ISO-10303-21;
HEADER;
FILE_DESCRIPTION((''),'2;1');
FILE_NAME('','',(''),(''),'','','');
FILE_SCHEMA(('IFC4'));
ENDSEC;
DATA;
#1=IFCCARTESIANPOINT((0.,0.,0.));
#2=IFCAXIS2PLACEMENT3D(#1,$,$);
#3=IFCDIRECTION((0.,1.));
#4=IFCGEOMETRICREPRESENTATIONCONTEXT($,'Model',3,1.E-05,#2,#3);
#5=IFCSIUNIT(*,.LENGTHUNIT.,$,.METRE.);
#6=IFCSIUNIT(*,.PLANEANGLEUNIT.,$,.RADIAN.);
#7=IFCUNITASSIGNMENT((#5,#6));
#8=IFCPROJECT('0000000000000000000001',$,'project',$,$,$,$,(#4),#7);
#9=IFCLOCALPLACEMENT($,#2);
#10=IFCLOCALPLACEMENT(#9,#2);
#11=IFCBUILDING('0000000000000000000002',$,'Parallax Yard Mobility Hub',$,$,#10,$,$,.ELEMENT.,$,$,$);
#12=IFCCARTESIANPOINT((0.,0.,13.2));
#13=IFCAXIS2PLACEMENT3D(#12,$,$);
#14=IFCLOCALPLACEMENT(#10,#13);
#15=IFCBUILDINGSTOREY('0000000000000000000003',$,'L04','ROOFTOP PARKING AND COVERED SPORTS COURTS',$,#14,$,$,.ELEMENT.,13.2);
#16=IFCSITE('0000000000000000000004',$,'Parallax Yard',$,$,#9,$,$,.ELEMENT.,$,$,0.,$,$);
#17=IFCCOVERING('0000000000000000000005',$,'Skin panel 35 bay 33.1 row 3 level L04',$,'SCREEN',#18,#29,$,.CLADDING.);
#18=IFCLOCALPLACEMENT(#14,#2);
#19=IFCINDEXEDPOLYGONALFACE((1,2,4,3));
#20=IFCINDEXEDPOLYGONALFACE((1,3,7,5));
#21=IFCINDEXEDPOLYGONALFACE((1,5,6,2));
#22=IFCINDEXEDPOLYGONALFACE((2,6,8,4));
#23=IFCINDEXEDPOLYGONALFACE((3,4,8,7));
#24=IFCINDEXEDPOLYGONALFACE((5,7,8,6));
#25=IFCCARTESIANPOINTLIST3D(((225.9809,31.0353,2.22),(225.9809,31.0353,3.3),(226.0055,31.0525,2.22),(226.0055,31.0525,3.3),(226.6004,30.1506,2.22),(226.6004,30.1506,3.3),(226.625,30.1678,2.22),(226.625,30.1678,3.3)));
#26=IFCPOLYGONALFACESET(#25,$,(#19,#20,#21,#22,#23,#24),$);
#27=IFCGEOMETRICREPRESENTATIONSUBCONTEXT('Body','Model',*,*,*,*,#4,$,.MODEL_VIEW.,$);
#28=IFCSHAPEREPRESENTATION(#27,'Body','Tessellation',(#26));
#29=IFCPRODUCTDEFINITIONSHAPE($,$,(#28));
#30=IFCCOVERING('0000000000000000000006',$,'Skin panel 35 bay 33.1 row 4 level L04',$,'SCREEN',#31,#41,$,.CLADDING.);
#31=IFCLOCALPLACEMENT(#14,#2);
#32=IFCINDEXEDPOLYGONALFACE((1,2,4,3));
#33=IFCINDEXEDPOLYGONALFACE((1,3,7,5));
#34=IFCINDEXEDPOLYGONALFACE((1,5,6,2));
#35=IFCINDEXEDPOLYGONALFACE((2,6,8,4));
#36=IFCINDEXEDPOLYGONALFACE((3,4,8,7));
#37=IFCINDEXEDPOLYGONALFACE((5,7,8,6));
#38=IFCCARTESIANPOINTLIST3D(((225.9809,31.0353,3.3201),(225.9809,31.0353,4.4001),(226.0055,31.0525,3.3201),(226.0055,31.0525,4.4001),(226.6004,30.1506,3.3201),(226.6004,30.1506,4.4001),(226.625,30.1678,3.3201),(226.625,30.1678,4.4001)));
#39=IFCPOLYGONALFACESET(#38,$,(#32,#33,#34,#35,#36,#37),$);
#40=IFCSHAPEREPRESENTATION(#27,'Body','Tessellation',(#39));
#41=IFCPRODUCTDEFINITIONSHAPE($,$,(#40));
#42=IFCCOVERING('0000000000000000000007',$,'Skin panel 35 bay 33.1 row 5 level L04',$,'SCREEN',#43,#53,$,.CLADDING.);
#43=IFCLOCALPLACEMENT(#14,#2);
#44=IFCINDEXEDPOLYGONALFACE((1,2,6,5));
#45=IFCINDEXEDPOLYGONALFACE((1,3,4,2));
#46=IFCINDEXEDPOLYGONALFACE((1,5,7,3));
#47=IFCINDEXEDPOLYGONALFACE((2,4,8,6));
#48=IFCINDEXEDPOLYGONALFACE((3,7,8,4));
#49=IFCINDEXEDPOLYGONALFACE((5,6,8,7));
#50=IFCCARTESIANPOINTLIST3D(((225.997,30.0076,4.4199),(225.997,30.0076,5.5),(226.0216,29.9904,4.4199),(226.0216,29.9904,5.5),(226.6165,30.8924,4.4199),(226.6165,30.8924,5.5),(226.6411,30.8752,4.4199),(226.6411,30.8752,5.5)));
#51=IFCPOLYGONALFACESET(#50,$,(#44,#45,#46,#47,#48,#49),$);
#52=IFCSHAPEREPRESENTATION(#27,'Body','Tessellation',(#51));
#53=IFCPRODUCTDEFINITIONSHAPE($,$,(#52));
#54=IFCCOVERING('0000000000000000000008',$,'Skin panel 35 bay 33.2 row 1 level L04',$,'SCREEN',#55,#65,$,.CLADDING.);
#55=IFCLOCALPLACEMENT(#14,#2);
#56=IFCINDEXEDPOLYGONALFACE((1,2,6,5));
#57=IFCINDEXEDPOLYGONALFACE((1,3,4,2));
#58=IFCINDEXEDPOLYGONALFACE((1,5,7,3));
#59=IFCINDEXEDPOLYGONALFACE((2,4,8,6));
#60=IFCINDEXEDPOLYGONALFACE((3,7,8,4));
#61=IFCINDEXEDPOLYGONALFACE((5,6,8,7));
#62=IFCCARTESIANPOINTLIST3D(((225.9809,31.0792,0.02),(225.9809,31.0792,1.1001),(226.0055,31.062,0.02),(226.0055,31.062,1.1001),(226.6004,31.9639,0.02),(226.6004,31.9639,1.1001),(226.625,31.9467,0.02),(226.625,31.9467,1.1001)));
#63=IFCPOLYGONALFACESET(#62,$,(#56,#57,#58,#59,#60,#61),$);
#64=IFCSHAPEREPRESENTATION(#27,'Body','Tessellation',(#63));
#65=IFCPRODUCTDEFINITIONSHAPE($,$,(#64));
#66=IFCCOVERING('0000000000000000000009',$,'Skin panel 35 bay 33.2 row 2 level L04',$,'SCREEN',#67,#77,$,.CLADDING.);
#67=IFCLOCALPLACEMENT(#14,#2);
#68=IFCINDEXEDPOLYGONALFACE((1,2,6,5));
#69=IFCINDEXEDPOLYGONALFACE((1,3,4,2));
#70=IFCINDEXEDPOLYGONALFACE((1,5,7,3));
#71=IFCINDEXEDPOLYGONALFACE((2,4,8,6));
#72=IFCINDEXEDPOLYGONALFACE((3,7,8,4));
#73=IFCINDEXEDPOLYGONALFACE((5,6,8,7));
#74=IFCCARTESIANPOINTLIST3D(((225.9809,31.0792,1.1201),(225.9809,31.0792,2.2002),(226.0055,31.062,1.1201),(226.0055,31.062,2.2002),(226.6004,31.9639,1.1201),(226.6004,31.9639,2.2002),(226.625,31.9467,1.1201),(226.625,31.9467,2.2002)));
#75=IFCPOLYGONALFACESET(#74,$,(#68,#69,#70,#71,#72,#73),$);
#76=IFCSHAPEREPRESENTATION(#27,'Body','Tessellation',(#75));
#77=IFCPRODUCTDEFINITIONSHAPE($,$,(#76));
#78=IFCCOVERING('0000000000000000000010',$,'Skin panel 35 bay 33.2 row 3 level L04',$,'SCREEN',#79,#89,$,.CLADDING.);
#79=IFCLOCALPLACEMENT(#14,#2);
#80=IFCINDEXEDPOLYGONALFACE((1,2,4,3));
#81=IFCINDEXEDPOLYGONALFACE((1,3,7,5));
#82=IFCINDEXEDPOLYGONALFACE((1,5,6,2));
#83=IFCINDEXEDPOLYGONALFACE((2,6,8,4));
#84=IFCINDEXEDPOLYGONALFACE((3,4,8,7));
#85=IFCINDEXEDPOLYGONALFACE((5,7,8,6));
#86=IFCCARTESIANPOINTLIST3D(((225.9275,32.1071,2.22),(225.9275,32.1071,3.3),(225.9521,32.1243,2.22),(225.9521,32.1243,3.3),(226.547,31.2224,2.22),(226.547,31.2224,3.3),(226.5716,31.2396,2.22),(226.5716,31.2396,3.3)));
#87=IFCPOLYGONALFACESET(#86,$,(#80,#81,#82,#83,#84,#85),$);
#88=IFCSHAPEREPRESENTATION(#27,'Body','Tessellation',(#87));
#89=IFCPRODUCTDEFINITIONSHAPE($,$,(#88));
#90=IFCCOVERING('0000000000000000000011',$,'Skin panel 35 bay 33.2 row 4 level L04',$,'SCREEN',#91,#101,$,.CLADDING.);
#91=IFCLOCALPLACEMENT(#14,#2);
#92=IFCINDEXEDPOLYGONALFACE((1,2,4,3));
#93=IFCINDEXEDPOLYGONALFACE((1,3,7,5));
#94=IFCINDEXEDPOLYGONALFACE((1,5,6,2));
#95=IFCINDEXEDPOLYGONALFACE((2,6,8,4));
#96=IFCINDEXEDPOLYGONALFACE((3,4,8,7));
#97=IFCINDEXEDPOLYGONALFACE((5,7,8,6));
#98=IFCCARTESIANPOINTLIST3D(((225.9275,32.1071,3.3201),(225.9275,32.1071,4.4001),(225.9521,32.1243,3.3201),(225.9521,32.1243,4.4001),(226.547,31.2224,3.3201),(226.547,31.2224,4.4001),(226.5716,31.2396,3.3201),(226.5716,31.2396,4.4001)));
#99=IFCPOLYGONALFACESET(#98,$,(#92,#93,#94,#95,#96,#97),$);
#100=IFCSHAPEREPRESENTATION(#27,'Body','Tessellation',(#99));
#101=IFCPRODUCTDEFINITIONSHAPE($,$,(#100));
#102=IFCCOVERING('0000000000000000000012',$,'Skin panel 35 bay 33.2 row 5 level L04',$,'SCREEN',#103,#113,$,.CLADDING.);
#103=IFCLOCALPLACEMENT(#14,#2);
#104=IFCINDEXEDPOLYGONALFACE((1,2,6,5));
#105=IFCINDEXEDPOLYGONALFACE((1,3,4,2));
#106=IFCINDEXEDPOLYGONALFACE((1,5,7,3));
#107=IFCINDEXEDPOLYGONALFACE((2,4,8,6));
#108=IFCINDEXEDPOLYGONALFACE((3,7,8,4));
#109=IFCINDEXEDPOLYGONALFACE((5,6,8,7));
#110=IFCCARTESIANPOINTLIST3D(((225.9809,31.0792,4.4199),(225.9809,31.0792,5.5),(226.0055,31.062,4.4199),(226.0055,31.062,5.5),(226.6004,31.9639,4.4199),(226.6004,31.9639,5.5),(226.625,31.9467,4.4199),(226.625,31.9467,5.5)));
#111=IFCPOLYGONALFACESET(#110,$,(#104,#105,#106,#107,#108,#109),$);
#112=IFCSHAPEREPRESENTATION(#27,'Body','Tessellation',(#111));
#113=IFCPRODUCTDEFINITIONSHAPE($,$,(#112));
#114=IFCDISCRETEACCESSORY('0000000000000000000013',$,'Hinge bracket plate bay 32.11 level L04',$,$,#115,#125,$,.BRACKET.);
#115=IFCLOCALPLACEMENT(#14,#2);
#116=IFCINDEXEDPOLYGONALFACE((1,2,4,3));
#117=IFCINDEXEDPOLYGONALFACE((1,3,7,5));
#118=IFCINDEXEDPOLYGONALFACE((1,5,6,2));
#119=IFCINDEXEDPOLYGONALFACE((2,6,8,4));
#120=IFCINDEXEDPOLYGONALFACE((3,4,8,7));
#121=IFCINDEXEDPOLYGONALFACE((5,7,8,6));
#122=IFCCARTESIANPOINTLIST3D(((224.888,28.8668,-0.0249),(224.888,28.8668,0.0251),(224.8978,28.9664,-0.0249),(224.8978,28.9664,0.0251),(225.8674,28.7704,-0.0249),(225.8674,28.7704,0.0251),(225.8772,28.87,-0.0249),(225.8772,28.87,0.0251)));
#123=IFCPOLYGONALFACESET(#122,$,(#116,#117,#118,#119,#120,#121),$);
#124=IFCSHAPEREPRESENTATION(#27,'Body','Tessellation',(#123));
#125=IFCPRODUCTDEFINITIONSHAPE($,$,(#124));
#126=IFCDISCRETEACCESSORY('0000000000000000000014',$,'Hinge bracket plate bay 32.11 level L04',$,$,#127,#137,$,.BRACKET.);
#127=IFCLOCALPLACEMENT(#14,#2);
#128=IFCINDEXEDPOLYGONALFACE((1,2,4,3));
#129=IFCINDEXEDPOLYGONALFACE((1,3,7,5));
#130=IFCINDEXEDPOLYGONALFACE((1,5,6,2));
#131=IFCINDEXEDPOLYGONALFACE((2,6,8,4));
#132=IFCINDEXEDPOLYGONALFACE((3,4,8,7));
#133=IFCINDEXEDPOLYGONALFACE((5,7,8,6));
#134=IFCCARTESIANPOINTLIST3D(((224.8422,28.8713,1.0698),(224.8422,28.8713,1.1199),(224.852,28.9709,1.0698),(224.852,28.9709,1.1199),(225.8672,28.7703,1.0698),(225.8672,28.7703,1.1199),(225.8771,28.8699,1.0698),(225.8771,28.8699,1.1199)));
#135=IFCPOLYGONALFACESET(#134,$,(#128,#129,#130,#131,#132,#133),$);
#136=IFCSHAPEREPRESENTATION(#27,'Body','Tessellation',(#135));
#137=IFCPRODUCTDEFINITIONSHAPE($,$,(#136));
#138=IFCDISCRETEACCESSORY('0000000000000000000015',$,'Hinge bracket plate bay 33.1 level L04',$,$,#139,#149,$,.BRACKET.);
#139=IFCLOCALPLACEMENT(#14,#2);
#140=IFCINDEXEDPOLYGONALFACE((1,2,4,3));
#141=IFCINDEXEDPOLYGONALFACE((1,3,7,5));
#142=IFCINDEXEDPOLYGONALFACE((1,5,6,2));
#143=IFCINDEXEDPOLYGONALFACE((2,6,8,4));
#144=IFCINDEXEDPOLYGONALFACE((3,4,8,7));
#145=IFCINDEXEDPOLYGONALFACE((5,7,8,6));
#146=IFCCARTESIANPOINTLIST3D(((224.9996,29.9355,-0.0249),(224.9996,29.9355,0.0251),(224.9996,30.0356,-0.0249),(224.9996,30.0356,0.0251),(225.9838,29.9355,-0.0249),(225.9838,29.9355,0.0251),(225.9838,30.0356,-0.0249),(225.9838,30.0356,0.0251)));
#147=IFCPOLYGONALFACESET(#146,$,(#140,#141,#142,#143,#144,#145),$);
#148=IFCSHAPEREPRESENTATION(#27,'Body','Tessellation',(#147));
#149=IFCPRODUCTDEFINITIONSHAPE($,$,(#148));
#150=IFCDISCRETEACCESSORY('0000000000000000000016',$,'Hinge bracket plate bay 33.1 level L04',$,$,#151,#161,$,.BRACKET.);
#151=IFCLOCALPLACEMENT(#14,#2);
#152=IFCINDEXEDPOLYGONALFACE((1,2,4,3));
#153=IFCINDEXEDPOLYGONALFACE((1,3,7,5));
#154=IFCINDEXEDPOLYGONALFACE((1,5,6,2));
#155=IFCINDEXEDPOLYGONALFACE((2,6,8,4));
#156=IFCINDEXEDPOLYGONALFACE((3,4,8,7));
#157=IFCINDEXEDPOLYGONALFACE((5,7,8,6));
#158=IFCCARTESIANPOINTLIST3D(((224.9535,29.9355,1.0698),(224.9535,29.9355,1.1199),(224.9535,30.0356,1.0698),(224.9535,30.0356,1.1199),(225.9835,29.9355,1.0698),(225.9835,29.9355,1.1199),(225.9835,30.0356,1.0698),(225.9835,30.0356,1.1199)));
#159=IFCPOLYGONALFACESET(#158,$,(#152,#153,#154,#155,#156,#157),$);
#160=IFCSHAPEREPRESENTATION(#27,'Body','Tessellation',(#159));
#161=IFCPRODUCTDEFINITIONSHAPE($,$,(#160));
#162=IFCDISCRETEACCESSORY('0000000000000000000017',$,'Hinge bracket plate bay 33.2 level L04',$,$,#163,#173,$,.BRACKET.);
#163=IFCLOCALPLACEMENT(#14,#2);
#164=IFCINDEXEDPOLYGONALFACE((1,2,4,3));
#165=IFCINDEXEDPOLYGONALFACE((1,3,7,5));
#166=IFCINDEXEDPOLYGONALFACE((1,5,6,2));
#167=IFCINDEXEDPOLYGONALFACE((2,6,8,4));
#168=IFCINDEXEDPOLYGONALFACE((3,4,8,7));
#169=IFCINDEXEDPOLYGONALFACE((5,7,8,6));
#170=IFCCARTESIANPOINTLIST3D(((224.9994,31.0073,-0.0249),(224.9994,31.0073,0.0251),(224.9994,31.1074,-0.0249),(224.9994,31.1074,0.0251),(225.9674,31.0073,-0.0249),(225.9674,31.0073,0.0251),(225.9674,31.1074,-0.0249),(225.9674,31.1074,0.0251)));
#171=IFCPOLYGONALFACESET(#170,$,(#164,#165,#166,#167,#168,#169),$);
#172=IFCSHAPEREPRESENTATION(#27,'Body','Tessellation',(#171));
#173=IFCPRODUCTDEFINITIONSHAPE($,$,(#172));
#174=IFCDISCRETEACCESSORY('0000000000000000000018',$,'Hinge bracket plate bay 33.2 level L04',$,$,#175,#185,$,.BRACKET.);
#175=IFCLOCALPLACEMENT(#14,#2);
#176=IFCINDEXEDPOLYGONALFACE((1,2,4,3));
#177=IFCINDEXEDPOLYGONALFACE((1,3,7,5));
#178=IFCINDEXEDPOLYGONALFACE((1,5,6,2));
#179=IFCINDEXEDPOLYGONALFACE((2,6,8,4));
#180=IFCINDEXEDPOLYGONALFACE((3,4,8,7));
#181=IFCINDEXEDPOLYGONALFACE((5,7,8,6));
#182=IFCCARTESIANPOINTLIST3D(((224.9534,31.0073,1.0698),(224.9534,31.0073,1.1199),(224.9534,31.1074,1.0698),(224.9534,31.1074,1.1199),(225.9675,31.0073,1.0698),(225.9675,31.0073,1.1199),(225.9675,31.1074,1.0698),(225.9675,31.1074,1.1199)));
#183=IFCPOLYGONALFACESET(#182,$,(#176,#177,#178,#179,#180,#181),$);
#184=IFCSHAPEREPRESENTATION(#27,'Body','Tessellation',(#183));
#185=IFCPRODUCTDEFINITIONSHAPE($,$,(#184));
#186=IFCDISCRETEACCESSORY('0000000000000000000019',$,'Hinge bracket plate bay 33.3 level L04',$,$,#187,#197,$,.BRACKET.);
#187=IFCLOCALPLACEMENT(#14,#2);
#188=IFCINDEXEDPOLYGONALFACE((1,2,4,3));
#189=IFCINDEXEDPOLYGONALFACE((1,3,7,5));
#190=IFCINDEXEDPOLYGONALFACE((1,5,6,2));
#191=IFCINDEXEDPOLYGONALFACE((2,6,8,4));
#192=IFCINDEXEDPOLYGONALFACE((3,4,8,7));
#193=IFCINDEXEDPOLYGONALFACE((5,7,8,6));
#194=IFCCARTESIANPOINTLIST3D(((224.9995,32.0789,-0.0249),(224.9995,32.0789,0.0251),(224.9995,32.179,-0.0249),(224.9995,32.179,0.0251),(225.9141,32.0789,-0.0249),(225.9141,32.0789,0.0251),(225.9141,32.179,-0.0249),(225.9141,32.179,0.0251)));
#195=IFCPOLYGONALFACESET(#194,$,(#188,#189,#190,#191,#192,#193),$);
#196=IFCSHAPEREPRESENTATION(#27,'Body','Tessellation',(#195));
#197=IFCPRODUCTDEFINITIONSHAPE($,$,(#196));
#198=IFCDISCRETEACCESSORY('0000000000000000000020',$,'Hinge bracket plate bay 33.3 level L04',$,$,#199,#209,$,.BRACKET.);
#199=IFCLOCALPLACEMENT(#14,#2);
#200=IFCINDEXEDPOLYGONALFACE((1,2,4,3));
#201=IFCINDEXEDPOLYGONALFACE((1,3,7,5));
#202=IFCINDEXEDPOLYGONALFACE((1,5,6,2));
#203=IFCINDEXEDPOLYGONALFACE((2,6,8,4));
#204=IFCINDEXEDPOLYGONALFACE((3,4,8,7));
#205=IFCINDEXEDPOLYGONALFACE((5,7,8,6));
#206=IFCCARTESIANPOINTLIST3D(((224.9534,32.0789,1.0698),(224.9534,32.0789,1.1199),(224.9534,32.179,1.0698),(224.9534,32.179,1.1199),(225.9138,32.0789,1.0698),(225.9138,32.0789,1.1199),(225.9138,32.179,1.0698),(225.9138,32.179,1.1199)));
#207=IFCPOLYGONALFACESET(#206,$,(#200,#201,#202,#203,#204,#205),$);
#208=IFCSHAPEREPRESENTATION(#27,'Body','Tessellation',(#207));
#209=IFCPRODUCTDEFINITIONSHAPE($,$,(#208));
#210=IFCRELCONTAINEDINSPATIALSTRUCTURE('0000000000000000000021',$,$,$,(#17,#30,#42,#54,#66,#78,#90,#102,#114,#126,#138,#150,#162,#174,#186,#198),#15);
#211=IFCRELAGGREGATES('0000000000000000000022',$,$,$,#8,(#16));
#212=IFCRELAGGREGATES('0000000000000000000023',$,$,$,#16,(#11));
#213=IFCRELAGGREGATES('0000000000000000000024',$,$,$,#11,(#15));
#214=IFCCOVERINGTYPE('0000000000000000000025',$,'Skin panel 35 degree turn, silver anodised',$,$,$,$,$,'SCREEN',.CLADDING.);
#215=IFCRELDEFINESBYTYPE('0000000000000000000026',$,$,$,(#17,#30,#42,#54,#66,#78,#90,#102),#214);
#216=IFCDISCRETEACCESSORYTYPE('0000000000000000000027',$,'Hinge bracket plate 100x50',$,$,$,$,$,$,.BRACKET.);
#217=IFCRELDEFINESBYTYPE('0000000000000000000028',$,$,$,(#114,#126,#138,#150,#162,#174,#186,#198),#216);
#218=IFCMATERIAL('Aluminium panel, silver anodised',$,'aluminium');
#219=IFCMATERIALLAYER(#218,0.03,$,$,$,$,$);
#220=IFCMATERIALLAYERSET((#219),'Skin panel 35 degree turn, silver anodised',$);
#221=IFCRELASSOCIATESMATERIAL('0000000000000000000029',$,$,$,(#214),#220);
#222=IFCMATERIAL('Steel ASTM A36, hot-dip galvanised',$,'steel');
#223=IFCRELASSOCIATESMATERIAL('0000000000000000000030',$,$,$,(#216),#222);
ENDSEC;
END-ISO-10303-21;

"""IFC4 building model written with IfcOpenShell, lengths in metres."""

from ifc_helpers import new_model, si_unit, direction, frame, origin, origin_2d, place, context, subcontext, project, spatial, rectangle, extrude, material, layer, layer_set, type_object, element, save


model = new_model("IFC4")

# Units and contexts
model_context = context("Model", 3, precision=1e-05, world=origin(), true_north=direction((0.0, 1.0)))
body_context = subcontext(model_context, "Body", "Model", "MODEL_VIEW")
ifc_project = project(units=[si_unit("LENGTHUNIT", "METRE"), si_unit("PLANEANGLEUNIT", "RADIAN")], contexts=[model_context])

# Site, building, storey
site_placement = place(None, origin())
site = spatial("IfcSite", under=ifc_project, at=site_placement, Name="Parallax Yard", CompositionType="ELEMENT", RefElevation=0.0)
building_placement = place(site_placement, origin())
building = spatial("IfcBuilding", under=site, at=building_placement, Name="Parallax Yard Mobility Hub", CompositionType="ELEMENT")
storey_placement = place(building_placement, frame((0.0, 0.0, 13.2)))
storey = spatial("IfcBuildingStorey", under=building, at=storey_placement, Name="L04", Description="ROOFTOP PARKING AND COVERED SPORTS COURTS", CompositionType="ELEMENT", Elevation=13.2)

# Coverings
ifc_material_1 = material(Name="Aluminium panel, silver anodised", Category="aluminium")
ifc_layer_1 = layer(ifc_material_1, 0.03)
ifc_layer_set_1 = layer_set([ifc_layer_1], Name="Skin panel 35 degree turn, silver anodised")
covering_type_1 = type_object("IfcCoveringType", Name="Skin panel 35 degree turn, silver anodised", ElementType="SCREEN", PredefinedType="CLADDING", material=ifc_layer_set_1)
for number, where, z_axis, x_axis, name in (
    (1, (226.303, 30.6016, 2.22), (0.0, 0.0, 1.0), (0.573576, -0.819152, 0.0), "Skin panel 35 bay 33.1 row 3 level L04"),
    (2, (226.303, 30.6016, 3.3201), (0.0, 0.0, 1.0), (0.573576, -0.819152, 0.0), "Skin panel 35 bay 33.1 row 4 level L04"),
    (3, (226.3191, 30.4414, 4.4199), (0.0, 0.0, 1.0), (0.573576, 0.819152, 0.0), "Skin panel 35 bay 33.1 row 5 level L04"),
    (4, (226.303, 31.5129, 0.02), (0.0, 0.0, 1.0), (0.573576, 0.819152, 0.0), "Skin panel 35 bay 33.2 row 1 level L04"),
    (5, (226.303, 31.5129, 1.1201), (0.0, 0.0, 1.0), (0.573576, 0.819152, 0.0), "Skin panel 35 bay 33.2 row 2 level L04"),
    (6, (226.2495, 31.6733, 2.22), (0.0, 0.0, 1.0), (0.573576, -0.819152, 0.0), "Skin panel 35 bay 33.2 row 3 level L04"),
    (7, (226.2495, 31.6733, 3.3201), (0.0, 0.0, 1.0), (0.573576, -0.819152, 0.0), "Skin panel 35 bay 33.2 row 4 level L04"),
    (8, (226.303, 31.5129, 4.4199), (0.0, 0.0, 1.0), (0.573576, 0.819152, 0.0), "Skin panel 35 bay 33.2 row 5 level L04"),
):
    element("IfcCovering", number, at=place(storey_placement, frame(where, z_axis=z_axis, x_axis=x_axis)), inside=storey, type_object=covering_type_1, Name=name, ObjectType="SCREEN", PredefinedType="CLADDING", context=body_context, shape_type="SweptSolid", body=[
        extrude(rectangle(XDim=1.0801, YDim=0.03, at=origin_2d()), origin(), (0.0, 0.0, 1.0), 1.0801),
    ])

# Discrete accessories
ifc_material_2 = material(Name="Steel ASTM A36, hot-dip galvanised", Category="steel")
discrete_accessory_type_1 = type_object("IfcDiscreteAccessoryType", Name="Hinge bracket plate 100x50", PredefinedType="BRACKET", material=ifc_material_2)
discrete_accessory_1_placement = place(storey_placement, frame((225.3826, 28.8684, -0.0249), z_axis=(0.0, 0.0, 1.0), x_axis=(0.995185, -0.098017, 0.0)))
element("IfcDiscreteAccessory", 9, at=discrete_accessory_1_placement, inside=storey, type_object=discrete_accessory_type_1, Name="Hinge bracket plate bay 32.11 level L04", PredefinedType="BRACKET", context=body_context, shape_type="SweptSolid", body=[
    extrude(rectangle(XDim=0.9841, YDim=0.1001, at=origin_2d()), origin(), (0.0, 0.0, 1.0), 0.05),
])
discrete_accessory_2_placement = place(storey_placement, frame((225.3596, 28.8706, 1.0698), z_axis=(0.0, 0.0, 1.0), x_axis=(0.995185, -0.098017, 0.0)))
element("IfcDiscreteAccessory", 10, at=discrete_accessory_2_placement, inside=storey, type_object=discrete_accessory_type_1, Name="Hinge bracket plate bay 32.11 level L04", PredefinedType="BRACKET", context=body_context, shape_type="SweptSolid", body=[
    extrude(rectangle(XDim=1.03, YDim=0.1001, at=origin_2d()), origin(), (0.0, 0.0, 1.0), 0.05),
])
discrete_accessory_3_placement = place(storey_placement, frame((225.4917, 29.9856, -0.0249), z_axis=(0.0, 0.0, 1.0), x_axis=(1.0, 0.0, 0.0)))
element("IfcDiscreteAccessory", 11, at=discrete_accessory_3_placement, inside=storey, type_object=discrete_accessory_type_1, Name="Hinge bracket plate bay 33.1 level L04", PredefinedType="BRACKET", context=body_context, shape_type="SweptSolid", body=[
    extrude(rectangle(XDim=0.9841, YDim=0.1001, at=origin_2d()), origin(), (0.0, 0.0, 1.0), 0.05),
])
discrete_accessory_4_placement = place(storey_placement, frame((225.4685, 29.9856, 1.0698), z_axis=(0.0, 0.0, 1.0), x_axis=(1.0, 0.0, 0.0)))
element("IfcDiscreteAccessory", 12, at=discrete_accessory_4_placement, inside=storey, type_object=discrete_accessory_type_1, Name="Hinge bracket plate bay 33.1 level L04", PredefinedType="BRACKET", context=body_context, shape_type="SweptSolid", body=[
    extrude(rectangle(XDim=1.03, YDim=0.1001, at=origin_2d()), origin(), (0.0, 0.0, 1.0), 0.05),
])
discrete_accessory_5_placement = place(storey_placement, frame((225.4834, 31.0574, -0.0249), z_axis=(0.0, 0.0, 1.0), x_axis=(1.0, 0.0, 0.0)))
element("IfcDiscreteAccessory", 13, at=discrete_accessory_5_placement, inside=storey, type_object=discrete_accessory_type_1, Name="Hinge bracket plate bay 33.2 level L04", PredefinedType="BRACKET", context=body_context, shape_type="SweptSolid", body=[
    extrude(rectangle(XDim=0.968, YDim=0.1001, at=origin_2d()), origin(), (0.0, 0.0, 1.0), 0.05),
])
discrete_accessory_6_placement = place(storey_placement, frame((225.4604, 31.0574, 1.0698), z_axis=(0.0, 0.0, 1.0), x_axis=(1.0, 0.0, 0.0)))
element("IfcDiscreteAccessory", 14, at=discrete_accessory_6_placement, inside=storey, type_object=discrete_accessory_type_1, Name="Hinge bracket plate bay 33.2 level L04", PredefinedType="BRACKET", context=body_context, shape_type="SweptSolid", body=[
    extrude(rectangle(XDim=1.0142, YDim=0.1001, at=origin_2d()), origin(), (0.0, 0.0, 1.0), 0.05),
])
discrete_accessory_7_placement = place(storey_placement, frame((225.4568, 32.1289, -0.0249), z_axis=(0.0, 0.0, 1.0), x_axis=(1.0, 0.0, 0.0)))
element("IfcDiscreteAccessory", 15, at=discrete_accessory_7_placement, inside=storey, type_object=discrete_accessory_type_1, Name="Hinge bracket plate bay 33.3 level L04", PredefinedType="BRACKET", context=body_context, shape_type="SweptSolid", body=[
    extrude(rectangle(XDim=0.9146, YDim=0.1001, at=origin_2d()), origin(), (0.0, 0.0, 1.0), 0.05),
])
discrete_accessory_8_placement = place(storey_placement, frame((225.4336, 32.1289, 1.0698), z_axis=(0.0, 0.0, 1.0), x_axis=(1.0, 0.0, 0.0)))
element("IfcDiscreteAccessory", 16, at=discrete_accessory_8_placement, inside=storey, type_object=discrete_accessory_type_1, Name="Hinge bracket plate bay 33.3 level L04", PredefinedType="BRACKET", context=body_context, shape_type="SweptSolid", body=[
    extrude(rectangle(XDim=0.9604, YDim=0.1001, at=origin_2d()), origin(), (0.0, 0.0, 1.0), 0.05),
])

save(model, "model.ifc")
